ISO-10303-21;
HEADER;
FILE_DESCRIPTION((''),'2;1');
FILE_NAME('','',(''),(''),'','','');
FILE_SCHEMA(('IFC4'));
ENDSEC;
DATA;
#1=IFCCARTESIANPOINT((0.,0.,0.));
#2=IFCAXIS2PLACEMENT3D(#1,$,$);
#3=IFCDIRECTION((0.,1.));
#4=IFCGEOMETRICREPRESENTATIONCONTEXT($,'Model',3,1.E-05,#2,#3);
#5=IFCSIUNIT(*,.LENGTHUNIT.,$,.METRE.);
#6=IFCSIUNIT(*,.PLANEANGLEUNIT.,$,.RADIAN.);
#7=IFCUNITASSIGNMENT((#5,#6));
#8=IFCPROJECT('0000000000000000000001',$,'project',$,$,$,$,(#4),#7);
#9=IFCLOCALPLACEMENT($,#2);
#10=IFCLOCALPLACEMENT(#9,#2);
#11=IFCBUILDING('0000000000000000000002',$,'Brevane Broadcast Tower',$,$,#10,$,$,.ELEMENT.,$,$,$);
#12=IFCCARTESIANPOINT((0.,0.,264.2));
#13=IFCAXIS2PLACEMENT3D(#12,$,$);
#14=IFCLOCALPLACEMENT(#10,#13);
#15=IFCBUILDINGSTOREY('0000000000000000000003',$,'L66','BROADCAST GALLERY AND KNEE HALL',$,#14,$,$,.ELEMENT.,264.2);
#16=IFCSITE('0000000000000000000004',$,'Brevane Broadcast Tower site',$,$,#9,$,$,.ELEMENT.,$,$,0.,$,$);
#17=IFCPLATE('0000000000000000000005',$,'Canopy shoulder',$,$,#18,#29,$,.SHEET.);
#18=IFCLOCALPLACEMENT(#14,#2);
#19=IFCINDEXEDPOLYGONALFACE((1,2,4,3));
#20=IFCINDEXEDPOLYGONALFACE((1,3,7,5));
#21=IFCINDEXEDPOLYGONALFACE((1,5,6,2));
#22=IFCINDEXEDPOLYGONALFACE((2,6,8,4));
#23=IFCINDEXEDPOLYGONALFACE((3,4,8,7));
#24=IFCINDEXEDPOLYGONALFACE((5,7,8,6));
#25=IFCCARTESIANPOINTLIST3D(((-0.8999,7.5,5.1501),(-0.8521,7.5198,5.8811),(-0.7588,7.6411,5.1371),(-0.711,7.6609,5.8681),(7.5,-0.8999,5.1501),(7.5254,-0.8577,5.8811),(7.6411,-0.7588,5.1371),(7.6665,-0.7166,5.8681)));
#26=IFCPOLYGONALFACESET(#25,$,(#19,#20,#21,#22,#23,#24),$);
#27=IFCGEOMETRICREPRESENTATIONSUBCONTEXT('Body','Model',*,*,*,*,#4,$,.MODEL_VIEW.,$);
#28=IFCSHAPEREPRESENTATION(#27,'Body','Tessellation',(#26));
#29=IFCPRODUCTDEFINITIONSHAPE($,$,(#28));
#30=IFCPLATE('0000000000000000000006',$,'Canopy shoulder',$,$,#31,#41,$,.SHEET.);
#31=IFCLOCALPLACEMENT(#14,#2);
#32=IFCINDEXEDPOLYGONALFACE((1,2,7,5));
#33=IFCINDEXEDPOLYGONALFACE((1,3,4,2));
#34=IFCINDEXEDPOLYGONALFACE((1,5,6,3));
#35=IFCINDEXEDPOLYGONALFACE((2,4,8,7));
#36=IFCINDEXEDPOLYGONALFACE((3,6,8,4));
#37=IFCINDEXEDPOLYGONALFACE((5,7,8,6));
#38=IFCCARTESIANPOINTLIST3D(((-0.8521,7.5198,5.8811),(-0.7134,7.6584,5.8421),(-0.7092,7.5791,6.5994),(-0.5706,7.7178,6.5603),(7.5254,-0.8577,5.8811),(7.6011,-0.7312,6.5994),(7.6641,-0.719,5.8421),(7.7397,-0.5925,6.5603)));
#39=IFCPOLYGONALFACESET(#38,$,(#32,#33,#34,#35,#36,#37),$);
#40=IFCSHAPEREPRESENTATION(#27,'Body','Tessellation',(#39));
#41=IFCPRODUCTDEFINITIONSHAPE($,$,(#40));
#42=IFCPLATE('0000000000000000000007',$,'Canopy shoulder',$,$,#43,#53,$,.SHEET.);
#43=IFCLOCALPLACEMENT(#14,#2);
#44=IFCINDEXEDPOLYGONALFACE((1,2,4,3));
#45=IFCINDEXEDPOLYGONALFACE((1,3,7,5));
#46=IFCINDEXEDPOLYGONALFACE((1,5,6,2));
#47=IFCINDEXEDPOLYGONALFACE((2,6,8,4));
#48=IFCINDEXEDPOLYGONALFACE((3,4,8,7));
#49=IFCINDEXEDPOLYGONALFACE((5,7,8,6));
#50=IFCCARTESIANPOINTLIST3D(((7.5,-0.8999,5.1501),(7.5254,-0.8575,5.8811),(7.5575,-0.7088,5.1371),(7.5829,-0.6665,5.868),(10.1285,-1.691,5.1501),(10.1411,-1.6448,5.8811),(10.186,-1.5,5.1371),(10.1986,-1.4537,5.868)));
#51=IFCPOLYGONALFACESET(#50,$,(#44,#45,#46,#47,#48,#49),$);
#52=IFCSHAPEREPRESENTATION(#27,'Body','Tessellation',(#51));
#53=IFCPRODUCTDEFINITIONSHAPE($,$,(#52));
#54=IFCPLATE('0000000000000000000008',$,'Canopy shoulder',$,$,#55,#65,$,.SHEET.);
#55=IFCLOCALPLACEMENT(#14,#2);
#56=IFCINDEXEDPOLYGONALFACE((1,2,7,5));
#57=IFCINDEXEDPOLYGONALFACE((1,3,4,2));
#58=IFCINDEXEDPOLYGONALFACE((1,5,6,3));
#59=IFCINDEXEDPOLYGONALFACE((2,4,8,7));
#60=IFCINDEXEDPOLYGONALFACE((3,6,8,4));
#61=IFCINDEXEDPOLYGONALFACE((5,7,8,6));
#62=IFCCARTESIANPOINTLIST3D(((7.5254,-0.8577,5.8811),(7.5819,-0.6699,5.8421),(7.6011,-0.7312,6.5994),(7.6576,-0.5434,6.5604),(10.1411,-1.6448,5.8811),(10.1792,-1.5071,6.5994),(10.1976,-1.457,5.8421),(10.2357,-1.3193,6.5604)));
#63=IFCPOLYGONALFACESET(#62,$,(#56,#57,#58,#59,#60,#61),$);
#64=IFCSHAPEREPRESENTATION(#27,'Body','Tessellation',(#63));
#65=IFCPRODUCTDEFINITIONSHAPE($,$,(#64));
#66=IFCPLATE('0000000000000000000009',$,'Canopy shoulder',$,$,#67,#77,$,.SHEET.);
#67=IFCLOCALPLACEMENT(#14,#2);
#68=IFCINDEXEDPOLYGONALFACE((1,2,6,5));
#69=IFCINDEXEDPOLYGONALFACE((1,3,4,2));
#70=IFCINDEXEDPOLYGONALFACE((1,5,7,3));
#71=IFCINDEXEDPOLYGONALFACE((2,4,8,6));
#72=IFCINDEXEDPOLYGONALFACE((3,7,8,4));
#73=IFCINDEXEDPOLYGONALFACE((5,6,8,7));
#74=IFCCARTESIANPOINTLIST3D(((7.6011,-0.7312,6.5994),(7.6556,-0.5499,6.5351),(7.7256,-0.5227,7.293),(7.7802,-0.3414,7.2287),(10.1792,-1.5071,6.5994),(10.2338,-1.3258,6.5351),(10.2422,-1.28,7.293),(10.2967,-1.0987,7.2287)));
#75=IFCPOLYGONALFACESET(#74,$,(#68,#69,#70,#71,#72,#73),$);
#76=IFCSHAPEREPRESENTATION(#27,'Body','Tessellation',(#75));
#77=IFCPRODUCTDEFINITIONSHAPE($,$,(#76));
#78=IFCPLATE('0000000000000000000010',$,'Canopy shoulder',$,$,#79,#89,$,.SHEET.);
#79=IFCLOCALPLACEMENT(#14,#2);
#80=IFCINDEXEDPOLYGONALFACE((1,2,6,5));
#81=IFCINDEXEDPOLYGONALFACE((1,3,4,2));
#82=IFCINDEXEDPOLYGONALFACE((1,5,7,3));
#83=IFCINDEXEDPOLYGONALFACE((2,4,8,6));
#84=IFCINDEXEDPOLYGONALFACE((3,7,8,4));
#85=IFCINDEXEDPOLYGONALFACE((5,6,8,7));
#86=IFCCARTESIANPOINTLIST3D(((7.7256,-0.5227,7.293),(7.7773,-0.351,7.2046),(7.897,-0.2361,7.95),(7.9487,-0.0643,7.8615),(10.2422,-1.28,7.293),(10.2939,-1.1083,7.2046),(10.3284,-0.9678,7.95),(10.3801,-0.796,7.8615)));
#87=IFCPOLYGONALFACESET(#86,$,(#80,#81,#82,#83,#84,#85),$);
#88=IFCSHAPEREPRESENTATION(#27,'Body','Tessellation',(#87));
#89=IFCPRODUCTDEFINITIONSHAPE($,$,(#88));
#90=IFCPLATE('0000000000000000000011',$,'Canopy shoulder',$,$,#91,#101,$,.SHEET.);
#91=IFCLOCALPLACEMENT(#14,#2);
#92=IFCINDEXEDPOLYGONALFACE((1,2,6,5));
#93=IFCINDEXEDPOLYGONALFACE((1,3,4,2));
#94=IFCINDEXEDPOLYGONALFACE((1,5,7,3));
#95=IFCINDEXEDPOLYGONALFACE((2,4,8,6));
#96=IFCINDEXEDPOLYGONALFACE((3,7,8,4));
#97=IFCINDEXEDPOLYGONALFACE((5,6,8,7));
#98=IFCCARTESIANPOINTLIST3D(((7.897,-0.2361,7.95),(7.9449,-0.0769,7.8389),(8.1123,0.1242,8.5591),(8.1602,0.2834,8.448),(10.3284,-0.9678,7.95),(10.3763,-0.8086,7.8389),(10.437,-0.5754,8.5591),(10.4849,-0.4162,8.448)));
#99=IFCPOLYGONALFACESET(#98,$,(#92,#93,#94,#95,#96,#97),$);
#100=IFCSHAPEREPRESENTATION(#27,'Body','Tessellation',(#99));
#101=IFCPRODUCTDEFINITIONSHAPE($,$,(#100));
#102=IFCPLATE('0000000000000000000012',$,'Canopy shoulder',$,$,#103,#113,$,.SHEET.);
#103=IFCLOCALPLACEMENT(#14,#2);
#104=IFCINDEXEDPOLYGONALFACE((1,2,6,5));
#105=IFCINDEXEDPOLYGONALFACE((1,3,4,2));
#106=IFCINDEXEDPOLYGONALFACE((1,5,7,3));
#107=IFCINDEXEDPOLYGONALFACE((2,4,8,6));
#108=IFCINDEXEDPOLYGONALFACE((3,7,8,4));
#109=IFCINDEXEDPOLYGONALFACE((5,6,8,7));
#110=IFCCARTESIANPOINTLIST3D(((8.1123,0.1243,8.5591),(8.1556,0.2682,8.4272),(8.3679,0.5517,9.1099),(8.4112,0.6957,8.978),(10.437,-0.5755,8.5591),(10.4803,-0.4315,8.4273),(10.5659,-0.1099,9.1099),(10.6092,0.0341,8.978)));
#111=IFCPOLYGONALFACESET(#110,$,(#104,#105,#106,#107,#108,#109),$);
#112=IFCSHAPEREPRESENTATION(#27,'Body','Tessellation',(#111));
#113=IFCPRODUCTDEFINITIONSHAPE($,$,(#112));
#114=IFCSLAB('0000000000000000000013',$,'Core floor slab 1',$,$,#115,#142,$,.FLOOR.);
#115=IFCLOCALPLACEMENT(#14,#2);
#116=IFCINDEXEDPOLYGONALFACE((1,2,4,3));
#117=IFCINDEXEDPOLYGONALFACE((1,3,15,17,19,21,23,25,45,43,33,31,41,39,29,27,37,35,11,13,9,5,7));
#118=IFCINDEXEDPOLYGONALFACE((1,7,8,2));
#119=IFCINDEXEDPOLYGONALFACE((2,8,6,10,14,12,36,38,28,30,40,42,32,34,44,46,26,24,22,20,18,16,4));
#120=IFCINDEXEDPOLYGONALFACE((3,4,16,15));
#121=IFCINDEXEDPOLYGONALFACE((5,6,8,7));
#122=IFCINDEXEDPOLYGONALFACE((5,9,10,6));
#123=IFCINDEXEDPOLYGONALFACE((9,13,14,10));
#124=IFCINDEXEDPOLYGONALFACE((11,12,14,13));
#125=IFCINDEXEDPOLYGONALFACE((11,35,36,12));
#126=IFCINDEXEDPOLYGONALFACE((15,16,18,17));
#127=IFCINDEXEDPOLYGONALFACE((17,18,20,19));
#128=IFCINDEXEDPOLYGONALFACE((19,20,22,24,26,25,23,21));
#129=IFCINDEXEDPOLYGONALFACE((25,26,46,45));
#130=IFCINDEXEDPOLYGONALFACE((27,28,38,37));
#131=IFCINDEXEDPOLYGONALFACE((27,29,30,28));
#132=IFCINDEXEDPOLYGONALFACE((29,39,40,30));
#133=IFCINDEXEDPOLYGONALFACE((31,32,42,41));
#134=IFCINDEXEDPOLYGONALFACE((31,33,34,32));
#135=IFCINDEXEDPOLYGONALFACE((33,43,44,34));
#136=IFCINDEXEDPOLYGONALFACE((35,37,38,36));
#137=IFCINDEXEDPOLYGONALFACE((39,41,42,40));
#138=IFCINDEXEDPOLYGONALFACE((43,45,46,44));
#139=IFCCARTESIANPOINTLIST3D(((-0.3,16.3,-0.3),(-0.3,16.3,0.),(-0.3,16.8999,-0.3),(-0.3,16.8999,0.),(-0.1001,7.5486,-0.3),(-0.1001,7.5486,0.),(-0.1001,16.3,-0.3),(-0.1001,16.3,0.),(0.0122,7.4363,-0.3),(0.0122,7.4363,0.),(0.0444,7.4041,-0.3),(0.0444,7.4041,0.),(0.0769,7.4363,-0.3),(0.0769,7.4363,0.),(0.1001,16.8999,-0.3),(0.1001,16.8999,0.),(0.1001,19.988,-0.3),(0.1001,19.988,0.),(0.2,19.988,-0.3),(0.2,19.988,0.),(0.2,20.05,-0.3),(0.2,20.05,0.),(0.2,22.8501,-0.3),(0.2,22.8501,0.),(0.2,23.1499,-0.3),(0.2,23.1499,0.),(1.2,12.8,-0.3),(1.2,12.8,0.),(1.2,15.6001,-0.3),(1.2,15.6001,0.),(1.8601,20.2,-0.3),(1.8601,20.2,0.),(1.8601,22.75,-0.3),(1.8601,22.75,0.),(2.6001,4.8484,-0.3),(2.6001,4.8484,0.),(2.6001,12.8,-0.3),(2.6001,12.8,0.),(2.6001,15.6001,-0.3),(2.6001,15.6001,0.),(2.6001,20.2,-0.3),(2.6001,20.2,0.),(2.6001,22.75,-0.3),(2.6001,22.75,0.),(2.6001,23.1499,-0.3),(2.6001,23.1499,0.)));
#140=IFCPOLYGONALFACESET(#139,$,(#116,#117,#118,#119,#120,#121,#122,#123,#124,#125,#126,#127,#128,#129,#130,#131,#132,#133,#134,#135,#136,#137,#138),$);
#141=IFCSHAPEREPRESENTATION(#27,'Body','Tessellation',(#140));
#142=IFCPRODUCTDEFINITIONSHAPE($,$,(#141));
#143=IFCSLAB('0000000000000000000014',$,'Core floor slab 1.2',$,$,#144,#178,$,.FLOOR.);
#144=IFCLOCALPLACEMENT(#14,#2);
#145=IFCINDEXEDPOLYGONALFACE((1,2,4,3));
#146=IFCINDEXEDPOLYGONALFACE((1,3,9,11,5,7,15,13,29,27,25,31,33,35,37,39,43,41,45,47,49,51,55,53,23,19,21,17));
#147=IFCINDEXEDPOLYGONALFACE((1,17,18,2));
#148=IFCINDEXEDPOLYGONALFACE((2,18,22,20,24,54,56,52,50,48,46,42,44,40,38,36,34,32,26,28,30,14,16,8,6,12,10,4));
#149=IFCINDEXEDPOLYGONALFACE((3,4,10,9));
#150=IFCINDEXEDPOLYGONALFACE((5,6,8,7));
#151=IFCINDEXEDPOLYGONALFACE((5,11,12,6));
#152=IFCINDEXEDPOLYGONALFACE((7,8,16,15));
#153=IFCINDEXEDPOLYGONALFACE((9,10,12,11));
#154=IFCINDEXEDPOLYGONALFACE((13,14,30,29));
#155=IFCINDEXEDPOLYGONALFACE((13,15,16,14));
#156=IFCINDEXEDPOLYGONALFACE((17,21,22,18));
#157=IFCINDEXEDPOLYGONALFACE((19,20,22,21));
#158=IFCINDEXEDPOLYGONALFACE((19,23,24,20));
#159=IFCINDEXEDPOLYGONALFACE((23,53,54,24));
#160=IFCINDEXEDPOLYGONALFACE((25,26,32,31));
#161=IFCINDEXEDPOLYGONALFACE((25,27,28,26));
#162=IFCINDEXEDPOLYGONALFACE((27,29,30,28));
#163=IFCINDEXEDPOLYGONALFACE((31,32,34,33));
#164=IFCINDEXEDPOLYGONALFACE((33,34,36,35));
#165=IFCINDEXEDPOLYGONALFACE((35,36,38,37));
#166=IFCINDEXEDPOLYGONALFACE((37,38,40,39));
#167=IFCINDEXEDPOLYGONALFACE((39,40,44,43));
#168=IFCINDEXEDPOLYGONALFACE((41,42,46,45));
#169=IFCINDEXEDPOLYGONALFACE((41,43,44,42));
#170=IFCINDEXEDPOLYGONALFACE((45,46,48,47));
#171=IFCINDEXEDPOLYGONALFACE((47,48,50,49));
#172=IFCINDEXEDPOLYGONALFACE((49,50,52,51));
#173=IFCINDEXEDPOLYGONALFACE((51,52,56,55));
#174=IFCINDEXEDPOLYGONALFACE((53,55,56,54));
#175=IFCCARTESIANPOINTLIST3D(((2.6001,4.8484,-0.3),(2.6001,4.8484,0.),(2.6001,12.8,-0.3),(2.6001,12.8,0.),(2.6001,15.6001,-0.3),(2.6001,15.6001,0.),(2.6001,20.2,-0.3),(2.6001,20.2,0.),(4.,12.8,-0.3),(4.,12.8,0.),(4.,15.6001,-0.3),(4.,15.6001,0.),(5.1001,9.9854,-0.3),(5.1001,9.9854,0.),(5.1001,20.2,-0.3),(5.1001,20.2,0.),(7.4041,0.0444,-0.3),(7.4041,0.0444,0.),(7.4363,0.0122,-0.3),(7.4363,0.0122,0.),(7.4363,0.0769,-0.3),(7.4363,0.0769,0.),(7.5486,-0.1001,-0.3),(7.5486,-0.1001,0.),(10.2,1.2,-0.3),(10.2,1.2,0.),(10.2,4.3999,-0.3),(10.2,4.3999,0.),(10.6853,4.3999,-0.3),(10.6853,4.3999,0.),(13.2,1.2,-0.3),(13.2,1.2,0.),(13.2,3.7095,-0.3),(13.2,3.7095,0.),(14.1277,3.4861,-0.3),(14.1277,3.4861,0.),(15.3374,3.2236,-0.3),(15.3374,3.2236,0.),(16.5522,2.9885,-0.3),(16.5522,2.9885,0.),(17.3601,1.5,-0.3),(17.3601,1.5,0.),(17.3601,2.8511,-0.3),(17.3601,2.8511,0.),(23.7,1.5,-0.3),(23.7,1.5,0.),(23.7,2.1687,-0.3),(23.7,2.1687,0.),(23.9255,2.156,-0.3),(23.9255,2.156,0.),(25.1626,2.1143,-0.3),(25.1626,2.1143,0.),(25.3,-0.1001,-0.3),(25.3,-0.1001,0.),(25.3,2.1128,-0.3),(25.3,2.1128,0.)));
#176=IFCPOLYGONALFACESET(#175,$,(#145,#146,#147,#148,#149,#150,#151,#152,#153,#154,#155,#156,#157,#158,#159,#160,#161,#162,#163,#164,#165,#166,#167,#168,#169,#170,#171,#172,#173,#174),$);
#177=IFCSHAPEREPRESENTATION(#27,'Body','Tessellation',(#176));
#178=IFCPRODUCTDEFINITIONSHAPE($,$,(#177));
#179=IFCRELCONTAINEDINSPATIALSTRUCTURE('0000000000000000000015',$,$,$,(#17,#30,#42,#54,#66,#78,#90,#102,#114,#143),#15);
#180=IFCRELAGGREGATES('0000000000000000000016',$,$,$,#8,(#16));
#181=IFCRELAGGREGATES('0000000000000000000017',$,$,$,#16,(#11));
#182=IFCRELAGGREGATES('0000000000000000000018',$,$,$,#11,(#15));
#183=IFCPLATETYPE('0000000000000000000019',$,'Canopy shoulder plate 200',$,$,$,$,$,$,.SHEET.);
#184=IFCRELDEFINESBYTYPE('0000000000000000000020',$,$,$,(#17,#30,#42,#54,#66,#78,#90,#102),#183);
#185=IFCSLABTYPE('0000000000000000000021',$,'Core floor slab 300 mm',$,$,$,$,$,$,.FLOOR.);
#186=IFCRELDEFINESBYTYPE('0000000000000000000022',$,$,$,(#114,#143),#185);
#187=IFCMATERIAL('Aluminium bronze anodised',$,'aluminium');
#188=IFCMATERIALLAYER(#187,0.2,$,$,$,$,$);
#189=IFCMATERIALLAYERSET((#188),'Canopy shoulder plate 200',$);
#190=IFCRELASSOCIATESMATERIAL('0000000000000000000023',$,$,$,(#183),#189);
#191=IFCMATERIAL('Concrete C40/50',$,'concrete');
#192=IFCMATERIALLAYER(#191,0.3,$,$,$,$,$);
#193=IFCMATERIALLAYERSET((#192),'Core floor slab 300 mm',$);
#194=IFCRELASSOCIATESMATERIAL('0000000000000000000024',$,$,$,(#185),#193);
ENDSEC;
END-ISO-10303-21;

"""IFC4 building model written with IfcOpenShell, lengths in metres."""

from ifc_helpers import new_model, si_unit, direction, frame, origin, place, context, subcontext, project, spatial, polyline, outline, extrude, material, layer, layer_set, type_object, element, save


model = new_model("IFC4")

# Units and contexts
model_context = context("Model", 3, precision=1e-05, world=origin(), true_north=direction((0.0, 1.0)))
body_context = subcontext(model_context, "Body", "Model", "MODEL_VIEW")
ifc_project = project(units=[si_unit("LENGTHUNIT", "METRE"), si_unit("PLANEANGLEUNIT", "RADIAN")], contexts=[model_context])

# Site, building, storey
site_placement = place(None, origin())
site = spatial("IfcSite", under=ifc_project, at=site_placement, Name="Brevane Broadcast Tower site", CompositionType="ELEMENT", RefElevation=0.0)
building_placement = place(site_placement, origin())
building = spatial("IfcBuilding", under=site, at=building_placement, Name="Brevane Broadcast Tower", CompositionType="ELEMENT")
storey_placement = place(building_placement, frame((0.0, 0.0, 264.2)))
storey = spatial("IfcBuildingStorey", under=building, at=storey_placement, Name="L66", Description="BROADCAST GALLERY AND KNEE HALL", CompositionType="ELEMENT", Elevation=264.2)

# Plates
ifc_material_1 = material(Name="Aluminium bronze anodised", Category="aluminium")
ifc_layer_1 = layer(ifc_material_1, 0.2)
ifc_layer_set_1 = layer_set([ifc_layer_1], Name="Canopy shoulder plate 200")
plate_type = type_object("IfcPlateType", Name="Canopy shoulder plate 200", PredefinedType="SHEET", material=ifc_layer_set_1)
plate_1_placement = place(storey_placement, frame((-0.8999, 7.5, 5.1501), z_axis=(-0.705598, -0.705598, 0.065281), x_axis=(0.707107, -0.707107, 0.0)))
element("IfcPlate", 1, at=plate_1_placement, inside=storey, type_object=plate_type, Name="Canopy shoulder", PredefinedType="SHEET", context=body_context, shape_type="SweptSolid", body=[
    extrude(outline(polyline([(0.0, 0.0), (11.8793, 0.0), (11.8673, 0.7325), (0.0199, 0.7325), (0.0, 0.0)])), origin(), (0.0, 0.0, -1.0), 0.2),
])
plate_2_placement = place(storey_placement, frame((-0.8521, 7.5198, 5.8811), z_axis=(-0.693507, -0.693507, 0.195181), x_axis=(0.707107, -0.707107, 0.0)))
element("IfcPlate", 2, at=plate_2_placement, inside=storey, type_object=plate_type, Name="Canopy shoulder", PredefinedType="SHEET", context=body_context, shape_type="SweptSolid", body=[
    extrude(outline(polyline([(0.0, 0.0), (11.8475, 0.0), (11.8116, 0.7323), (0.059, 0.7323), (0.0, 0.0)])), origin(), (0.0, 0.0, -1.0), 0.2),
])
plate_3_placement = place(storey_placement, frame((7.5, -0.8999, 5.1501), z_axis=(-0.287589, -0.955517, 0.065417), x_axis=(0.957568, -0.288207, -0.000004)))
element("IfcPlate", 3, at=plate_3_placement, inside=storey, type_object=plate_type, Name="Canopy shoulder", PredefinedType="SHEET", context=body_context, shape_type="SweptSolid", body=[
    extrude(outline(polyline([(0.0, 0.0), (2.7449, 0.0), (2.7437, 0.7325), (0.0121, 0.7325), (0.0, 0.0)])), origin(), (0.0, 0.0, -1.0), 0.2),
])
plate_4_placement = place(storey_placement, frame((7.5254, -0.8577, 5.8811), z_axis=(-0.282629, -0.939181, 0.195088), x_axis=(0.957581, -0.288165, 0.000003)))
element("IfcPlate", 4, at=plate_4_placement, inside=storey, type_object=plate_type, Name="Canopy shoulder", PredefinedType="SHEET", context=body_context, shape_type="SweptSolid", body=[
    extrude(outline(polyline([(0.0, 0.0), (2.7316, 0.0), (2.7284, 0.7323), (0.036, 0.7323), (0.0, 0.0)])), origin(), (0.0, 0.0, -1.0), 0.2),
])
plate_5_placement = place(storey_placement, frame((7.6011, -0.7312, 6.5994), z_axis=(-0.272867, -0.906718, 0.321568), x_axis=(0.957578, -0.288174, -0.000002)))
element("IfcPlate", 5, at=plate_5_placement, inside=storey, type_object=plate_type, Name="Canopy shoulder", PredefinedType="SHEET", context=body_context, shape_type="SweptSolid", body=[
    extrude(outline(polyline([(0.0, 0.0), (2.6923, 0.0), (2.6872, 0.7325), (0.0591, 0.7325), (0.0, 0.0)])), origin(), (0.0, 0.0, -1.0), 0.2),
])
plate_6_placement = place(storey_placement, frame((7.7256, -0.5227, 7.293), z_axis=(-0.258471, -0.8589, 0.442135), x_axis=(0.95758, -0.288167, 0.0)))
element("IfcPlate", 6, at=plate_6_placement, inside=storey, type_object=plate_type, Name="Canopy shoulder", PredefinedType="SHEET", context=body_context, shape_type="SweptSolid", body=[
    extrude(outline(polyline([(0.0, 0.0), (2.6281, 0.0), (2.6206, 0.7325), (0.0815, 0.7325), (0.0, 0.0)])), origin(), (0.0, 0.0, -1.0), 0.2),
])
plate_7_placement = place(storey_placement, frame((7.897, -0.2361, 7.95), z_axis=(-0.239613, -0.796162, 0.555618), x_axis=(0.957575, -0.288184, 0.000011)))
element("IfcPlate", 7, at=plate_7_placement, inside=storey, type_object=plate_type, Name="Canopy shoulder", PredefinedType="SHEET", context=body_context, shape_type="SweptSolid", body=[
    extrude(outline(polyline([(0.0, 0.0), (2.5391, 0.0), (2.5301, 0.7326), (0.1024, 0.7327), (0.0, 0.0)])), origin(), (0.0, 0.0, -1.0), 0.2),
])
plate_8_placement = place(storey_placement, frame((8.1123, 0.1243, 8.5591), z_axis=(-0.216704, -0.719949, 0.659327), x_axis=(0.957564, -0.288221, 0.000005)))
element("IfcPlate", 8, at=plate_8_placement, inside=storey, type_object=plate_type, Name="Canopy shoulder", PredefinedType="SHEET", context=body_context, shape_type="SweptSolid", body=[
    extrude(outline(polyline([(0.0, 0.0), (2.4277, 0.0), (2.417, 0.7325), (0.1216, 0.7326), (0.0, 0.0)])), origin(), (0.0, 0.0, -1.0), 0.2),
])

# Slabs
ifc_material_2 = material(Name="Concrete C40/50", Category="concrete")
ifc_layer_2 = layer(ifc_material_2, 0.3)
ifc_layer_set_2 = layer_set([ifc_layer_2], Name="Core floor slab 300 mm")
slab_type_1 = type_object("IfcSlabType", Name="Core floor slab 300 mm", PredefinedType="FLOOR", material=ifc_layer_set_2)
slab_1_placement = place(storey_placement, frame((0.0, 0.0, -0.3)))
element("IfcSlab", 9, at=slab_1_placement, inside=storey, type_object=slab_type_1, Name="Core floor slab 1", PredefinedType="FLOOR", context=body_context, shape_type="SweptSolid", body=[
    extrude(outline(polyline([(0.2, 20.05), (0.2, 22.8501), (0.2, 22.8501), (0.2, 23.1499), (2.6001, 23.1499), (2.6001, 22.75), (1.8601, 22.75), (1.8601, 20.2), (2.6001, 20.2), (2.6001, 15.6001), (1.2, 15.6001), (1.2, 12.8), (2.6001, 12.8), (2.6001, 4.8484), (0.0444, 7.4041), (0.0769, 7.4363), (0.0122, 7.4363), (-0.1001, 7.5486), (-0.1001, 16.3), (-0.3, 16.3), (-0.3, 16.8999), (0.1001, 16.8999), (0.1001, 19.988), (0.2, 19.988), (0.2, 20.05)])), origin(), (0.0, 0.0, 1.0), 0.3),
])
slab_2_placement = place(storey_placement, frame((0.0, 0.0, -0.3)))
element("IfcSlab", 10, at=slab_2_placement, inside=storey, type_object=slab_type_1, Name="Core floor slab 1.2", PredefinedType="FLOOR", context=body_context, shape_type="SweptSolid", body=[
    extrude(outline(polyline([(5.1001, 20.2), (5.1001, 9.9854), (10.6853, 4.3999), (10.2, 4.3999), (10.2, 1.2), (13.2, 1.2), (13.2, 3.7095), (14.1277, 3.4861), (15.3374, 3.2236), (16.5522, 2.9885), (17.3601, 2.8511), (17.3601, 1.5), (23.7, 1.5), (23.7, 2.1687), (23.9255, 2.156), (25.1626, 2.1143), (25.3, 2.1128), (25.3, -0.1001), (7.5486, -0.1001), (7.4363, 0.0122), (7.4363, 0.0769), (7.4041, 0.0444), (2.6001, 4.8484), (2.6001, 12.8), (4.0, 12.8), (4.0, 15.6001), (2.6001, 15.6001), (2.6001, 20.2), (5.1001, 20.2)])), origin(), (0.0, 0.0, 1.0), 0.3),
])

save(model, "model.ifc")
